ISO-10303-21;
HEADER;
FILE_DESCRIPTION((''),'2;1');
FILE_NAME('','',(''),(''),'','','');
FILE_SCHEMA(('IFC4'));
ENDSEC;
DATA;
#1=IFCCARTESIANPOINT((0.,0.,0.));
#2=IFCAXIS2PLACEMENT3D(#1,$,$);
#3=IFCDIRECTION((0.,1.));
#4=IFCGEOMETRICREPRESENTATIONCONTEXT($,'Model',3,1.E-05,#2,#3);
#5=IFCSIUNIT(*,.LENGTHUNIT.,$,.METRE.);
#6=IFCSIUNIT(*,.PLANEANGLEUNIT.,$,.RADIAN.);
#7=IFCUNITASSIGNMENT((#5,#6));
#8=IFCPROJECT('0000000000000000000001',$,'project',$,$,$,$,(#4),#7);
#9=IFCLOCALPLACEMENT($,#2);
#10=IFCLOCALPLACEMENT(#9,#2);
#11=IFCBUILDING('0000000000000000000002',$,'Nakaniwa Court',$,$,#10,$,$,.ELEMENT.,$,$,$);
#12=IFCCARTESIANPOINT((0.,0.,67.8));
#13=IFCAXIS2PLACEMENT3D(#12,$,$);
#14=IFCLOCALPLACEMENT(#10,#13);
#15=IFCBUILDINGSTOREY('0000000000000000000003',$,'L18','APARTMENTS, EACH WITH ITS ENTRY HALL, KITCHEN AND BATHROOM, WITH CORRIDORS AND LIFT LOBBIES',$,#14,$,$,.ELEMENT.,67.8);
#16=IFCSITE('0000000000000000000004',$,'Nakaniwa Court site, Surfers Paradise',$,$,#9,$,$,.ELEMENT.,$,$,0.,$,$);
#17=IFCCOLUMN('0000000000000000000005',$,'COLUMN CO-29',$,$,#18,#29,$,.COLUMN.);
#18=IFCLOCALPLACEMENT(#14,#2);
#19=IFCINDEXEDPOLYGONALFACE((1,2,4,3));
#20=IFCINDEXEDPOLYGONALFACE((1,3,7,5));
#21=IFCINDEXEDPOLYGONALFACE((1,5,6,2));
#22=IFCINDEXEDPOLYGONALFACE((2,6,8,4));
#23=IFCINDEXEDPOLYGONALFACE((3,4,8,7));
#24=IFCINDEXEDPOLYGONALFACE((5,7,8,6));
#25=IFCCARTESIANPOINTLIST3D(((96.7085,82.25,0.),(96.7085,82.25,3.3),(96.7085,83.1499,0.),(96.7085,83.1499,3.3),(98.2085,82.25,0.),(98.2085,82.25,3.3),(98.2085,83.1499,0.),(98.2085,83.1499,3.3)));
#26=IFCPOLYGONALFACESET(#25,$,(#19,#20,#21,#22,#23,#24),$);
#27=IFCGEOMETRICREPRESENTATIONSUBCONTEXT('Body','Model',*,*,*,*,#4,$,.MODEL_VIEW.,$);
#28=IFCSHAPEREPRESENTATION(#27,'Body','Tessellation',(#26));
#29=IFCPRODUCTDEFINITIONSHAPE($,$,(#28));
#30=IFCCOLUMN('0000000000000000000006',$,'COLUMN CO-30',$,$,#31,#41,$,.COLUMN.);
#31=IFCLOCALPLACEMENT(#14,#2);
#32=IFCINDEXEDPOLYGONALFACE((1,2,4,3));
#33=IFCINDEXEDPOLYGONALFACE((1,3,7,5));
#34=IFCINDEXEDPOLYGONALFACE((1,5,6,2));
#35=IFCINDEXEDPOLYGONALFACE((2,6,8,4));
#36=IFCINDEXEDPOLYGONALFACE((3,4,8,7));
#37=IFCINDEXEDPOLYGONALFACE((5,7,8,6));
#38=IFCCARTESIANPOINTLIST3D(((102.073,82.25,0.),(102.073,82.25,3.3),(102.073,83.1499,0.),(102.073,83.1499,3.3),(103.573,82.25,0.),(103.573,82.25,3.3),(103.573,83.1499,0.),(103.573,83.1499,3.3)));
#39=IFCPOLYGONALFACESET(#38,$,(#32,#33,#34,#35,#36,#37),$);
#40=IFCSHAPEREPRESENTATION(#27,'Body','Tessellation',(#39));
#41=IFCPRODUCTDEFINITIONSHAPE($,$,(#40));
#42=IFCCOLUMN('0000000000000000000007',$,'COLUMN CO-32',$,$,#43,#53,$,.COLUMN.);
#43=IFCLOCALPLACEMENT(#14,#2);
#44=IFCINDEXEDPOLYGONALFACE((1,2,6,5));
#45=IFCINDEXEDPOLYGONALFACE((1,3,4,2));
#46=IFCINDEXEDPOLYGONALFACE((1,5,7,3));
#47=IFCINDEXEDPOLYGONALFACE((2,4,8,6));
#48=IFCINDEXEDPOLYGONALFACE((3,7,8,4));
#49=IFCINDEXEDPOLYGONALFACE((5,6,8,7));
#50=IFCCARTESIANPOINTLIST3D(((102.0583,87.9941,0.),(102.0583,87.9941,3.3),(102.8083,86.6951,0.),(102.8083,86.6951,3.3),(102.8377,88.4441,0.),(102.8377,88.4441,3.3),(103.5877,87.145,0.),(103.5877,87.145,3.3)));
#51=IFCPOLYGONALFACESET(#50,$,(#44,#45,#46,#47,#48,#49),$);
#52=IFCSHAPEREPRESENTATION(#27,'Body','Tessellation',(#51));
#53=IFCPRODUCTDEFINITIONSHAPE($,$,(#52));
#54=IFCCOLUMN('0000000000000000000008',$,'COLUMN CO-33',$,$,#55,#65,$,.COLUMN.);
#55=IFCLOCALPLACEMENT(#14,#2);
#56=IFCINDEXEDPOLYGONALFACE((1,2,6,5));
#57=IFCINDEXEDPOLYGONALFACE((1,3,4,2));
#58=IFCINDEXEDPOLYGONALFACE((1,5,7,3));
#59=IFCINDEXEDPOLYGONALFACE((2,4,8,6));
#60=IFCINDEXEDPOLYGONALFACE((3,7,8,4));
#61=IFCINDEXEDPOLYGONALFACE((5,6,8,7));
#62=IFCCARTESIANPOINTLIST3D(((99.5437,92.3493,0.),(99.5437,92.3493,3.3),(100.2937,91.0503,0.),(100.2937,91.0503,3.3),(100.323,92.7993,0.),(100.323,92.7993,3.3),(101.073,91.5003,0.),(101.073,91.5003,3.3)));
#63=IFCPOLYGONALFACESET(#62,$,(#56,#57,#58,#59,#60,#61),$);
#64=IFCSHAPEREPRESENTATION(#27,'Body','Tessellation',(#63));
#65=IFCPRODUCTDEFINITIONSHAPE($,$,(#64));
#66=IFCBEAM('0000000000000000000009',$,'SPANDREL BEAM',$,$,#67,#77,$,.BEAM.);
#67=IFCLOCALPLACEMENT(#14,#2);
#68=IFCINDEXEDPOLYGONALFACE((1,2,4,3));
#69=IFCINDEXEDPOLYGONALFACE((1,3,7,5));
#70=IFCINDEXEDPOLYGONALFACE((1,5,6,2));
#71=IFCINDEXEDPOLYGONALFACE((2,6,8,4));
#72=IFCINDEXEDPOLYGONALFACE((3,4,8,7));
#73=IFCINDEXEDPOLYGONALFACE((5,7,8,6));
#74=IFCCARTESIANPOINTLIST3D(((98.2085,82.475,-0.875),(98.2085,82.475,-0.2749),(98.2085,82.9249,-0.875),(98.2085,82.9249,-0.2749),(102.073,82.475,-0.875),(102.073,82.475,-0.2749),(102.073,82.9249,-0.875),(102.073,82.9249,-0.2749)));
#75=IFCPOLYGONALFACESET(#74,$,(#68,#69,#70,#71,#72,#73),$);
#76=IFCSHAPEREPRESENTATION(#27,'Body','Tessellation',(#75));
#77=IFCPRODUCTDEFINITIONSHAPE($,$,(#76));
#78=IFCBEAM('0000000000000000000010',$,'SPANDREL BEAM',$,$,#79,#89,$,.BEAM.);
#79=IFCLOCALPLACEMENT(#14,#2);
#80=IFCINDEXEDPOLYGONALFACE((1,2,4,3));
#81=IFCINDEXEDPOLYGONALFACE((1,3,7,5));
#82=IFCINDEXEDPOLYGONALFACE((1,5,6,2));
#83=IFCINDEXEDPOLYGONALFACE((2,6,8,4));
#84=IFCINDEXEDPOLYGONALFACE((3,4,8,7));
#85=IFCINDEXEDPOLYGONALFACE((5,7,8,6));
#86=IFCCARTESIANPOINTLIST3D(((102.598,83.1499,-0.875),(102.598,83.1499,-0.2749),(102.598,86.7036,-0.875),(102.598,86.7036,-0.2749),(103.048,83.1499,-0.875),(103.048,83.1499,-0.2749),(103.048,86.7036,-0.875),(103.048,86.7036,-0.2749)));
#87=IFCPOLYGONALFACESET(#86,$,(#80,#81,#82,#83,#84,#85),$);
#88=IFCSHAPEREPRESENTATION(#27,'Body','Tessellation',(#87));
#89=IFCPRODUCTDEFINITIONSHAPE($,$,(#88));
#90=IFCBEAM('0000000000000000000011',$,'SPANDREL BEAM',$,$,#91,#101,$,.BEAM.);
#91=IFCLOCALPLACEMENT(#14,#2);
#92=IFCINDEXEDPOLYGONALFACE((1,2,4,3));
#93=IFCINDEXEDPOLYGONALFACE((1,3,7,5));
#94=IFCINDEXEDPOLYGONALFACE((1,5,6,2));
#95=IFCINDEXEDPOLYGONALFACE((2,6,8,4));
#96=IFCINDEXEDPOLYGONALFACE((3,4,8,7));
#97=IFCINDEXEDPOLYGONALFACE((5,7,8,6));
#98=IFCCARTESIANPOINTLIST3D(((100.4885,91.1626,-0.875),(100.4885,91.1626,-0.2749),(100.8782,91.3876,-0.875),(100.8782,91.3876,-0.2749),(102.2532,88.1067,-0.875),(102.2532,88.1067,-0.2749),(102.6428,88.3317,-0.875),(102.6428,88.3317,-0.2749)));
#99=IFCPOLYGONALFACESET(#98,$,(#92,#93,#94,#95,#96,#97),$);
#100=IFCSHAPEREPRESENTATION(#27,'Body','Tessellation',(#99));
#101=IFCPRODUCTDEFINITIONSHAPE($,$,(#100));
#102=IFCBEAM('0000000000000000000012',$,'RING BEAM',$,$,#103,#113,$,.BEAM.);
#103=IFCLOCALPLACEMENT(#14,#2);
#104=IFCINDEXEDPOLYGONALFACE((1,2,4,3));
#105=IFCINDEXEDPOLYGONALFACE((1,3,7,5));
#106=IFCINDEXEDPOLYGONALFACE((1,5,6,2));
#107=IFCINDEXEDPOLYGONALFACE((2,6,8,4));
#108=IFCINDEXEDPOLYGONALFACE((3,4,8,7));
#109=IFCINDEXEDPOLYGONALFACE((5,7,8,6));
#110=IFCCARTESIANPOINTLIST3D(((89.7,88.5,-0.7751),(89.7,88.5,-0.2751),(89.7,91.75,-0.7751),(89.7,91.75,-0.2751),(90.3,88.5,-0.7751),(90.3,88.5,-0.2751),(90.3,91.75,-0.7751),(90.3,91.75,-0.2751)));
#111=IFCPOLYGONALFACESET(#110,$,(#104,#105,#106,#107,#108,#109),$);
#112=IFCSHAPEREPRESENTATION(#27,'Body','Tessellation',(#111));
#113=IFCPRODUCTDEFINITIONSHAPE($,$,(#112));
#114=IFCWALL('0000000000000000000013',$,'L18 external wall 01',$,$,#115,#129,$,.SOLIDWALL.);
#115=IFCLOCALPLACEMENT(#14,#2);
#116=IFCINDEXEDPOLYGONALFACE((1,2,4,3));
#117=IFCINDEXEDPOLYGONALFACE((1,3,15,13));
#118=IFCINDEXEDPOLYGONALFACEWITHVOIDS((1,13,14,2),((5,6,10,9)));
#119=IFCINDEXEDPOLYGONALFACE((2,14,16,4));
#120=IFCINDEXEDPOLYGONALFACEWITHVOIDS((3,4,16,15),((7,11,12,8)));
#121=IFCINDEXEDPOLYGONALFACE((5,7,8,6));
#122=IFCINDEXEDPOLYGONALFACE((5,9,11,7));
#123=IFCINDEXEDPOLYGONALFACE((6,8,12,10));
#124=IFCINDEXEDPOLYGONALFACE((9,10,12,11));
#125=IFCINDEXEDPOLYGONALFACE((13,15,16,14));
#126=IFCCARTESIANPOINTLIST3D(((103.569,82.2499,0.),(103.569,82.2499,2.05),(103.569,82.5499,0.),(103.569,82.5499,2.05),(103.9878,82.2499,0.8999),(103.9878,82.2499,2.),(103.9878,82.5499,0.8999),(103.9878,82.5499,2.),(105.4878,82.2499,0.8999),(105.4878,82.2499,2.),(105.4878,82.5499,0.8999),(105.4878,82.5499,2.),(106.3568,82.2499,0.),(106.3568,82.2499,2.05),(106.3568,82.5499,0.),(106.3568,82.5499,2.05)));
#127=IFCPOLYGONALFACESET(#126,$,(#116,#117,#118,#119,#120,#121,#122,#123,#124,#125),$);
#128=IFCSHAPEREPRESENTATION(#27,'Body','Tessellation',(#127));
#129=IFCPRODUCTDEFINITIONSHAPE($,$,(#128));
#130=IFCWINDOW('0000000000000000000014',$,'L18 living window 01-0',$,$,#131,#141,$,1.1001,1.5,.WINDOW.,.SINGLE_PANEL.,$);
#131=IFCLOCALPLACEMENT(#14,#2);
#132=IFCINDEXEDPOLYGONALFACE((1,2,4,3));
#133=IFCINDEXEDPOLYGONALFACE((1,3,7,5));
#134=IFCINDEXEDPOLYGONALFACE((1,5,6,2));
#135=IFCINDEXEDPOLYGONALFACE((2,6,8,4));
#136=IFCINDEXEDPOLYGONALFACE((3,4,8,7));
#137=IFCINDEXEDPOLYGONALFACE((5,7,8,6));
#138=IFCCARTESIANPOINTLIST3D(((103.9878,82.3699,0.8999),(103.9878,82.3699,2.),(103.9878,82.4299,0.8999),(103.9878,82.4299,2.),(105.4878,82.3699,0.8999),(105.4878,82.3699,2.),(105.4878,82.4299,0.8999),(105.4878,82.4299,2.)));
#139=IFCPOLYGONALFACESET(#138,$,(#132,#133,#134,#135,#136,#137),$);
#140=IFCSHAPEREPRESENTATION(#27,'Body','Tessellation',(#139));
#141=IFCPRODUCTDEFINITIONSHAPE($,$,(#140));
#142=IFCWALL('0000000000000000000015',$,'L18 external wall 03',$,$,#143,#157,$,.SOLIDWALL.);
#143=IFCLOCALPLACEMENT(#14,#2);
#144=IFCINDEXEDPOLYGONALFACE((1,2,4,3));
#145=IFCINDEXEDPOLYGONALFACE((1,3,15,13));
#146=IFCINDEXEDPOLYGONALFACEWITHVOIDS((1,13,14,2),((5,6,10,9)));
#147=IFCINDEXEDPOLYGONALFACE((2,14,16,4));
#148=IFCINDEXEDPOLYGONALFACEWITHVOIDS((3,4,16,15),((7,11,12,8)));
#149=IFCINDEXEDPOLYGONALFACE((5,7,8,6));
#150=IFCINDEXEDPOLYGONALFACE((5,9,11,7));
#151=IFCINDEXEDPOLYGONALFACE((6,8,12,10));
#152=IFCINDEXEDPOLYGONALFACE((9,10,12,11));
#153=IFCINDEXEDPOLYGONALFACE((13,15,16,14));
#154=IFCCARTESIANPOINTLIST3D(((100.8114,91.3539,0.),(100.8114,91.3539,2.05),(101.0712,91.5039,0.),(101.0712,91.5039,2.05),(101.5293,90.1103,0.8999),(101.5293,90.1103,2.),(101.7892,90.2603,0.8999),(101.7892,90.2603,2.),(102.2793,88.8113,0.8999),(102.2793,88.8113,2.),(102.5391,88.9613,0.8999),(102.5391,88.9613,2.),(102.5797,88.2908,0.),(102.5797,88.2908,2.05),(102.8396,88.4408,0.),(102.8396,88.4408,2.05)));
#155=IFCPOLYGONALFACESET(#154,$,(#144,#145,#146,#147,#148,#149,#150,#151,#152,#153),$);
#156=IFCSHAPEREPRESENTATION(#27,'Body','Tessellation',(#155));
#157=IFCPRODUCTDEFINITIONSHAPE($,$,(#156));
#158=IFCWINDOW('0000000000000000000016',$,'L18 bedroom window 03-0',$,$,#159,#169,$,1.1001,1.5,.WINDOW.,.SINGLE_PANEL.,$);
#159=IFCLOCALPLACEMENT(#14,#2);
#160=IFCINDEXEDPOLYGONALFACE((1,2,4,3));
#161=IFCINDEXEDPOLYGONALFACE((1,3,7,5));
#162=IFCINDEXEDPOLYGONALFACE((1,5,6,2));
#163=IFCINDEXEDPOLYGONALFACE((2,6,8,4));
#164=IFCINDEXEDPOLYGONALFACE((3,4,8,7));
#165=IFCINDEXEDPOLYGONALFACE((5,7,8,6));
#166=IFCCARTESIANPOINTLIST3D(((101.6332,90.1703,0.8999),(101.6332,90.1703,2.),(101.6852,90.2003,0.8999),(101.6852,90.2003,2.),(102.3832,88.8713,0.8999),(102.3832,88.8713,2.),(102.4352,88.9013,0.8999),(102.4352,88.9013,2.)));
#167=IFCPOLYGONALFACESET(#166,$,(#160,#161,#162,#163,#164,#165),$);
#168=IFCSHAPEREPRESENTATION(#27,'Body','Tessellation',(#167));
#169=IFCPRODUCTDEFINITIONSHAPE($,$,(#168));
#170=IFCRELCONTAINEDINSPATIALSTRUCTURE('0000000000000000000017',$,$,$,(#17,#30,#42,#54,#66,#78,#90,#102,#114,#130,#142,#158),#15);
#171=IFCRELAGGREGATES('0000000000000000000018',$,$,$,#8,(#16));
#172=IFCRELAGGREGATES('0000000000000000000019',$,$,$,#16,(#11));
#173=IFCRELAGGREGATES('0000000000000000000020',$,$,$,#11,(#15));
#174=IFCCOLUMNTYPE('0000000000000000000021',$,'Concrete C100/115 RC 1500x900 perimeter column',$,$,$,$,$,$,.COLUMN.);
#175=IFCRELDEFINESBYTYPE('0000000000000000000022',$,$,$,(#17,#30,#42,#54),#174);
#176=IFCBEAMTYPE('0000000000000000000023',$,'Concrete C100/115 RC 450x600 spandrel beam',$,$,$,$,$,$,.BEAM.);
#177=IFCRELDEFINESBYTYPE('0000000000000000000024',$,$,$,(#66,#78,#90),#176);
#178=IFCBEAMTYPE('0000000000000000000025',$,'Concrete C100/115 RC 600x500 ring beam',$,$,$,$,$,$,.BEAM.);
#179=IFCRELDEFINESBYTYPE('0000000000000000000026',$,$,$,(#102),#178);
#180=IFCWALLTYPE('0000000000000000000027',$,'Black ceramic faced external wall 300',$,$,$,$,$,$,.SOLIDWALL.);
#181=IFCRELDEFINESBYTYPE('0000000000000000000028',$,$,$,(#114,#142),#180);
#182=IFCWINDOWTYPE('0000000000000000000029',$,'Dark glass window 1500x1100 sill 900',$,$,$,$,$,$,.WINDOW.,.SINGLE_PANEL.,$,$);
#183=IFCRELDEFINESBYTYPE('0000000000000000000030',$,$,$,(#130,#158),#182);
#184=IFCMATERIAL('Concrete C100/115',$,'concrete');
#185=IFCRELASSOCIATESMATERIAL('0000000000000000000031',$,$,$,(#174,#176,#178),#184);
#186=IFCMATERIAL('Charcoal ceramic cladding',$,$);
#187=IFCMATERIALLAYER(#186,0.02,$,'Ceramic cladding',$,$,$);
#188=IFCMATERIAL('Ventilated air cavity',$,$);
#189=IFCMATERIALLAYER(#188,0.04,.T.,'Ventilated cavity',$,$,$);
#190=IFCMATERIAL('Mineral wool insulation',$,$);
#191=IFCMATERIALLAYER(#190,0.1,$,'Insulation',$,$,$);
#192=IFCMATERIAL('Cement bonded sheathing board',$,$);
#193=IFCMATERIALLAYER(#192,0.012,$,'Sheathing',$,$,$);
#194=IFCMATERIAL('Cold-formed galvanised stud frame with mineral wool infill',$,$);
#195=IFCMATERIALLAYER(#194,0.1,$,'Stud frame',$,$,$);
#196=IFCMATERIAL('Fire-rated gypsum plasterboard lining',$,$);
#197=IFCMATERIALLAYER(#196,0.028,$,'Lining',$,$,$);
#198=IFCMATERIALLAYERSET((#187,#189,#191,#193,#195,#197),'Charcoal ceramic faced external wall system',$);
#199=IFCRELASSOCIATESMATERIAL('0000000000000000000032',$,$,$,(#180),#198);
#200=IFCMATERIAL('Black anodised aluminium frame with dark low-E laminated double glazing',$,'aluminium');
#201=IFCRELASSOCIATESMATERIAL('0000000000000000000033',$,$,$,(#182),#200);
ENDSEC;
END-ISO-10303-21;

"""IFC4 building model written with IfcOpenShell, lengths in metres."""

from ifc_helpers import new_model, si_unit, direction, frame, frame_2d, origin, origin_2d, place, context, subcontext, project, spatial, rectangle, extrude, material, layer, layer_set, material_profile, profile_set, type_object, element, fill, save


model = new_model("IFC4")

# Units and contexts
model_context = context("Model", 3, precision=1e-05, world=origin(), true_north=direction((0.0, 1.0)))
body_context = subcontext(model_context, "Body", "Model", "MODEL_VIEW")
ifc_project = project(units=[si_unit("LENGTHUNIT", "METRE"), si_unit("PLANEANGLEUNIT", "RADIAN")], contexts=[model_context])

# Site, building, storey
site_placement = place(None, origin())
site = spatial("IfcSite", under=ifc_project, at=site_placement, Name="Nakaniwa Court site, Surfers Paradise", CompositionType="ELEMENT", RefElevation=0.0)
building_placement = place(site_placement, origin())
building = spatial("IfcBuilding", under=site, at=building_placement, Name="Nakaniwa Court", CompositionType="ELEMENT")
storey_placement = place(building_placement, frame((0.0, 0.0, 67.8)))
storey = spatial("IfcBuildingStorey", under=building, at=storey_placement, Name="L18", Description="APARTMENTS, EACH WITH ITS ENTRY HALL, KITCHEN AND BATHROOM, WITH CORRIDORS AND LIFT LOBBIES", CompositionType="ELEMENT", Elevation=67.8)

# Columns
ifc_material_1 = material(Name="Concrete C100/115", Category="concrete")
ifc_material_profile_1 = material_profile(ifc_material_1, rectangle(XDim=1.5, YDim=0.8999, at=origin_2d()), Name="Concrete C100/115 RC 1500x900 perimeter column")
ifc_profile_set_1 = profile_set([ifc_material_profile_1], Name="Concrete C100/115")
column_type = type_object("IfcColumnType", Name="Concrete C100/115 RC 1500x900 perimeter column", PredefinedType="COLUMN", material=ifc_profile_set_1)
for number, where, z_axis, x_axis, name in (
    (1, (97.4585, 82.7, 0.0), (0.0, 0.0, 1.0), (1.0, 0.0, 0.0), "COLUMN CO-29"),
    (2, (102.823, 82.7, 0.0), (0.0, 0.0, 1.0), (1.0, 0.0, 0.0), "COLUMN CO-30"),
    (3, (102.823, 87.5696, 0.0), (0.0, 0.0, 1.0), (-0.5, 0.866025, 0.0), "COLUMN CO-32"),
    (4, (100.3083, 91.9248, 0.0), (0.0, 0.0, 1.0), (-0.5, 0.866025, 0.0), "COLUMN CO-33"),
):
    element("IfcColumn", number, at=place(storey_placement, frame(where, z_axis=z_axis, x_axis=x_axis)), inside=storey, type_object=column_type, Name=name, PredefinedType="COLUMN", context=body_context, shape_type="SweptSolid", body=[
        extrude(rectangle(XDim=1.5, YDim=0.8999, at=origin_2d()), origin(), (0.0, 0.0, 1.0), 3.3),
    ])

# Beams
ifc_material_profile_2 = material_profile(ifc_material_1, rectangle(XDim=0.45, YDim=0.6001, at=origin_2d()), Name="Concrete C100/115 RC 450x600 spandrel beam")
ifc_profile_set_2 = profile_set([ifc_material_profile_2], Name="Concrete C100/115")
beam_type_1 = type_object("IfcBeamType", Name="Concrete C100/115 RC 450x600 spandrel beam", PredefinedType="BEAM", material=ifc_profile_set_2)
beam_1_placement = place(storey_placement, frame((98.2085, 82.7, -0.575), z_axis=(1.0, 0.0, 0.0), x_axis=(0.0, 1.0, 0.0)))
element("IfcBeam", 5, at=beam_1_placement, inside=storey, type_object=beam_type_1, Name="SPANDREL BEAM", PredefinedType="BEAM", context=body_context, shape_type="SweptSolid", body=[
    extrude(rectangle(XDim=0.45, YDim=0.6001, at=origin_2d()), origin(), (0.0, 0.0, 1.0), 3.8645),
])
beam_2_placement = place(storey_placement, frame((102.823, 83.1499, -0.575), z_axis=(0.0, 1.0, 0.0), x_axis=(-1.0, 0.0, 0.0)))
element("IfcBeam", 6, at=beam_2_placement, inside=storey, type_object=beam_type_1, Name="SPANDREL BEAM", PredefinedType="BEAM", context=body_context, shape_type="SweptSolid", body=[
    extrude(rectangle(XDim=0.45, YDim=0.6001, at=origin_2d()), origin(), (0.0, 0.0, 1.0), 3.5537),
])
beam_3_placement = place(storey_placement, frame((102.448, 88.2192, -0.575), z_axis=(-0.500068, 0.865986, 0.0), x_axis=(-0.865986, -0.500068, 0.0)))
element("IfcBeam", 7, at=beam_3_placement, inside=storey, type_object=beam_type_1, Name="SPANDREL BEAM", PredefinedType="BEAM", context=body_context, shape_type="SweptSolid", body=[
    extrude(rectangle(XDim=0.45, YDim=0.6001, at=origin_2d()), origin(), (0.0, 0.0, 1.0), 3.5288),
])
ifc_material_profile_3 = material_profile(ifc_material_1, rectangle(XDim=0.6001, YDim=0.5, at=origin_2d()), Name="Concrete C100/115 RC 600x500 ring beam")
ifc_profile_set_3 = profile_set([ifc_material_profile_3], Name="Concrete C100/115")
beam_type_2 = type_object("IfcBeamType", Name="Concrete C100/115 RC 600x500 ring beam", PredefinedType="BEAM", material=ifc_profile_set_3)
beam_4_placement = place(storey_placement, frame((90.0, 88.5, -0.5251), z_axis=(0.0, 1.0, 0.0), x_axis=(-1.0, 0.0, 0.0)))
element("IfcBeam", 8, at=beam_4_placement, inside=storey, type_object=beam_type_2, Name="RING BEAM", PredefinedType="BEAM", context=body_context, shape_type="SweptSolid", body=[
    extrude(rectangle(XDim=0.6001, YDim=0.5, at=origin_2d()), origin(), (0.0, 0.0, 1.0), 3.25),
])

# Walls, openings, windows
ifc_material_2 = material(Name="Charcoal ceramic cladding")
ifc_layer_1 = layer(ifc_material_2, 0.02, Name="Ceramic cladding")
ifc_material_3 = material(Name="Ventilated air cavity")
ifc_layer_2 = layer(ifc_material_3, 0.04, ventilated=True, Name="Ventilated cavity")
ifc_material_4 = material(Name="Mineral wool insulation")
ifc_layer_3 = layer(ifc_material_4, 0.1, Name="Insulation")
ifc_material_5 = material(Name="Cement bonded sheathing board")
ifc_layer_4 = layer(ifc_material_5, 0.012, Name="Sheathing")
ifc_material_6 = material(Name="Cold-formed galvanised stud frame with mineral wool infill")
ifc_layer_5 = layer(ifc_material_6, 0.1, Name="Stud frame")
ifc_material_7 = material(Name="Fire-rated gypsum plasterboard lining")
ifc_layer_6 = layer(ifc_material_7, 0.028, Name="Lining")
ifc_layer_set_1 = layer_set([ifc_layer_1, ifc_layer_2, ifc_layer_3, ifc_layer_4, ifc_layer_5, ifc_layer_6], Name="Charcoal ceramic faced external wall system")
wall_type_1 = type_object("IfcWallType", Name="Black ceramic faced external wall 300", PredefinedType="SOLIDWALL", material=ifc_layer_set_1)
wall_1_placement = place(storey_placement, frame((103.5688, 82.3999, 0.0), z_axis=(0.0, 0.0, 1.0), x_axis=(1.0, 0.0, 0.0)))
wall_1 = element("IfcWall", 9, at=wall_1_placement, inside=storey, type_object=wall_type_1, Name="L18 external wall 01", PredefinedType="SOLIDWALL", context=body_context, shape_type="SweptSolid", body=[
    extrude(rectangle(XDim=2.7878, YDim=0.3, at=frame_2d((1.394, 0.0))), origin(), (0.0, 0.0, 1.0), 2.05),
])
opening_1_placement = place(wall_1_placement, frame((0.4189, 0.0, 0.8999)))
opening_1 = element("IfcOpeningElement", 10, at=opening_1_placement, cuts=wall_1, PredefinedType="OPENING", context=body_context, shape_type="SweptSolid", body=[
    extrude(rectangle(XDim=1.5, YDim=1.1001, at=frame_2d((0.75, 0.55))), frame((0.0, 0.1599, 0.0), z_axis=(0.0, -1.0, 0.0), x_axis=(1.0, 0.0, 0.0)), (0.0, 0.0, 1.0), 0.3201),
])
ifc_material_8 = material(Name="Black anodised aluminium frame with dark low-E laminated double glazing", Category="aluminium")
window_type = type_object("IfcWindowType", Name="Dark glass window 1500x1100 sill 900", PartitioningType="SINGLE_PANEL", PredefinedType="WINDOW", material=ifc_material_8)
window_1_placement = place(opening_1_placement, origin())
window_1 = element("IfcWindow", 11, at=window_1_placement, inside=storey, type_object=window_type, Name="L18 living window 01-0", OverallHeight=1.1001, OverallWidth=1.5, PartitioningType="SINGLE_PANEL", PredefinedType="WINDOW", context=body_context, shape_type="SweptSolid", body=[
    extrude(rectangle(XDim=1.5, YDim=1.1001, at=frame_2d((0.75, 0.55))), frame((0.0, 0.03, 0.0), z_axis=(0.0, -1.0, 0.0), x_axis=(1.0, 0.0, 0.0)), (0.0, 0.0, 1.0), 0.0601),
])
fill(opening_1, window_1)
wall_2_placement = place(storey_placement, frame((102.7097, 88.3657, 0.0), z_axis=(0.0, 0.0, 1.0), x_axis=(-0.499977, 0.866038, 0.0)))
wall_2 = element("IfcWall", 12, at=wall_2_placement, inside=storey, type_object=wall_type_1, Name="L18 external wall 03", PredefinedType="SOLIDWALL", context=body_context, shape_type="SweptSolid", body=[
    extrude(rectangle(XDim=3.5369, YDim=0.3, at=frame_2d((1.7686, 0.0))), origin(), (0.0, 0.0, 1.0), 2.05),
])
opening_2_placement = place(wall_2_placement, frame((0.6011, 0.0, 0.8999)))
opening_2 = element("IfcOpeningElement", 13, at=opening_2_placement, cuts=wall_2, PredefinedType="OPENING", context=body_context, shape_type="SweptSolid", body=[
    extrude(rectangle(XDim=1.5, YDim=1.1001, at=frame_2d((0.75, 0.55))), frame((0.0, 0.1599, 0.0), z_axis=(0.0, -1.0, 0.0), x_axis=(1.0, 0.0, 0.0)), (0.0, 0.0, 1.0), 0.3201),
])
window_2_placement = place(opening_2_placement, origin())
window_2 = element("IfcWindow", 14, at=window_2_placement, inside=storey, type_object=window_type, Name="L18 bedroom window 03-0", OverallHeight=1.1001, OverallWidth=1.5, PartitioningType="SINGLE_PANEL", PredefinedType="WINDOW", context=body_context, shape_type="SweptSolid", body=[
    extrude(rectangle(XDim=1.5, YDim=1.1001, at=frame_2d((0.75, 0.55))), frame((0.0, 0.03, 0.0), z_axis=(0.0, -1.0, 0.0), x_axis=(1.0, 0.0, 0.0)), (0.0, 0.0, 1.0), 0.0601),
])
fill(opening_2, window_2)

save(model, "model.ifc")
